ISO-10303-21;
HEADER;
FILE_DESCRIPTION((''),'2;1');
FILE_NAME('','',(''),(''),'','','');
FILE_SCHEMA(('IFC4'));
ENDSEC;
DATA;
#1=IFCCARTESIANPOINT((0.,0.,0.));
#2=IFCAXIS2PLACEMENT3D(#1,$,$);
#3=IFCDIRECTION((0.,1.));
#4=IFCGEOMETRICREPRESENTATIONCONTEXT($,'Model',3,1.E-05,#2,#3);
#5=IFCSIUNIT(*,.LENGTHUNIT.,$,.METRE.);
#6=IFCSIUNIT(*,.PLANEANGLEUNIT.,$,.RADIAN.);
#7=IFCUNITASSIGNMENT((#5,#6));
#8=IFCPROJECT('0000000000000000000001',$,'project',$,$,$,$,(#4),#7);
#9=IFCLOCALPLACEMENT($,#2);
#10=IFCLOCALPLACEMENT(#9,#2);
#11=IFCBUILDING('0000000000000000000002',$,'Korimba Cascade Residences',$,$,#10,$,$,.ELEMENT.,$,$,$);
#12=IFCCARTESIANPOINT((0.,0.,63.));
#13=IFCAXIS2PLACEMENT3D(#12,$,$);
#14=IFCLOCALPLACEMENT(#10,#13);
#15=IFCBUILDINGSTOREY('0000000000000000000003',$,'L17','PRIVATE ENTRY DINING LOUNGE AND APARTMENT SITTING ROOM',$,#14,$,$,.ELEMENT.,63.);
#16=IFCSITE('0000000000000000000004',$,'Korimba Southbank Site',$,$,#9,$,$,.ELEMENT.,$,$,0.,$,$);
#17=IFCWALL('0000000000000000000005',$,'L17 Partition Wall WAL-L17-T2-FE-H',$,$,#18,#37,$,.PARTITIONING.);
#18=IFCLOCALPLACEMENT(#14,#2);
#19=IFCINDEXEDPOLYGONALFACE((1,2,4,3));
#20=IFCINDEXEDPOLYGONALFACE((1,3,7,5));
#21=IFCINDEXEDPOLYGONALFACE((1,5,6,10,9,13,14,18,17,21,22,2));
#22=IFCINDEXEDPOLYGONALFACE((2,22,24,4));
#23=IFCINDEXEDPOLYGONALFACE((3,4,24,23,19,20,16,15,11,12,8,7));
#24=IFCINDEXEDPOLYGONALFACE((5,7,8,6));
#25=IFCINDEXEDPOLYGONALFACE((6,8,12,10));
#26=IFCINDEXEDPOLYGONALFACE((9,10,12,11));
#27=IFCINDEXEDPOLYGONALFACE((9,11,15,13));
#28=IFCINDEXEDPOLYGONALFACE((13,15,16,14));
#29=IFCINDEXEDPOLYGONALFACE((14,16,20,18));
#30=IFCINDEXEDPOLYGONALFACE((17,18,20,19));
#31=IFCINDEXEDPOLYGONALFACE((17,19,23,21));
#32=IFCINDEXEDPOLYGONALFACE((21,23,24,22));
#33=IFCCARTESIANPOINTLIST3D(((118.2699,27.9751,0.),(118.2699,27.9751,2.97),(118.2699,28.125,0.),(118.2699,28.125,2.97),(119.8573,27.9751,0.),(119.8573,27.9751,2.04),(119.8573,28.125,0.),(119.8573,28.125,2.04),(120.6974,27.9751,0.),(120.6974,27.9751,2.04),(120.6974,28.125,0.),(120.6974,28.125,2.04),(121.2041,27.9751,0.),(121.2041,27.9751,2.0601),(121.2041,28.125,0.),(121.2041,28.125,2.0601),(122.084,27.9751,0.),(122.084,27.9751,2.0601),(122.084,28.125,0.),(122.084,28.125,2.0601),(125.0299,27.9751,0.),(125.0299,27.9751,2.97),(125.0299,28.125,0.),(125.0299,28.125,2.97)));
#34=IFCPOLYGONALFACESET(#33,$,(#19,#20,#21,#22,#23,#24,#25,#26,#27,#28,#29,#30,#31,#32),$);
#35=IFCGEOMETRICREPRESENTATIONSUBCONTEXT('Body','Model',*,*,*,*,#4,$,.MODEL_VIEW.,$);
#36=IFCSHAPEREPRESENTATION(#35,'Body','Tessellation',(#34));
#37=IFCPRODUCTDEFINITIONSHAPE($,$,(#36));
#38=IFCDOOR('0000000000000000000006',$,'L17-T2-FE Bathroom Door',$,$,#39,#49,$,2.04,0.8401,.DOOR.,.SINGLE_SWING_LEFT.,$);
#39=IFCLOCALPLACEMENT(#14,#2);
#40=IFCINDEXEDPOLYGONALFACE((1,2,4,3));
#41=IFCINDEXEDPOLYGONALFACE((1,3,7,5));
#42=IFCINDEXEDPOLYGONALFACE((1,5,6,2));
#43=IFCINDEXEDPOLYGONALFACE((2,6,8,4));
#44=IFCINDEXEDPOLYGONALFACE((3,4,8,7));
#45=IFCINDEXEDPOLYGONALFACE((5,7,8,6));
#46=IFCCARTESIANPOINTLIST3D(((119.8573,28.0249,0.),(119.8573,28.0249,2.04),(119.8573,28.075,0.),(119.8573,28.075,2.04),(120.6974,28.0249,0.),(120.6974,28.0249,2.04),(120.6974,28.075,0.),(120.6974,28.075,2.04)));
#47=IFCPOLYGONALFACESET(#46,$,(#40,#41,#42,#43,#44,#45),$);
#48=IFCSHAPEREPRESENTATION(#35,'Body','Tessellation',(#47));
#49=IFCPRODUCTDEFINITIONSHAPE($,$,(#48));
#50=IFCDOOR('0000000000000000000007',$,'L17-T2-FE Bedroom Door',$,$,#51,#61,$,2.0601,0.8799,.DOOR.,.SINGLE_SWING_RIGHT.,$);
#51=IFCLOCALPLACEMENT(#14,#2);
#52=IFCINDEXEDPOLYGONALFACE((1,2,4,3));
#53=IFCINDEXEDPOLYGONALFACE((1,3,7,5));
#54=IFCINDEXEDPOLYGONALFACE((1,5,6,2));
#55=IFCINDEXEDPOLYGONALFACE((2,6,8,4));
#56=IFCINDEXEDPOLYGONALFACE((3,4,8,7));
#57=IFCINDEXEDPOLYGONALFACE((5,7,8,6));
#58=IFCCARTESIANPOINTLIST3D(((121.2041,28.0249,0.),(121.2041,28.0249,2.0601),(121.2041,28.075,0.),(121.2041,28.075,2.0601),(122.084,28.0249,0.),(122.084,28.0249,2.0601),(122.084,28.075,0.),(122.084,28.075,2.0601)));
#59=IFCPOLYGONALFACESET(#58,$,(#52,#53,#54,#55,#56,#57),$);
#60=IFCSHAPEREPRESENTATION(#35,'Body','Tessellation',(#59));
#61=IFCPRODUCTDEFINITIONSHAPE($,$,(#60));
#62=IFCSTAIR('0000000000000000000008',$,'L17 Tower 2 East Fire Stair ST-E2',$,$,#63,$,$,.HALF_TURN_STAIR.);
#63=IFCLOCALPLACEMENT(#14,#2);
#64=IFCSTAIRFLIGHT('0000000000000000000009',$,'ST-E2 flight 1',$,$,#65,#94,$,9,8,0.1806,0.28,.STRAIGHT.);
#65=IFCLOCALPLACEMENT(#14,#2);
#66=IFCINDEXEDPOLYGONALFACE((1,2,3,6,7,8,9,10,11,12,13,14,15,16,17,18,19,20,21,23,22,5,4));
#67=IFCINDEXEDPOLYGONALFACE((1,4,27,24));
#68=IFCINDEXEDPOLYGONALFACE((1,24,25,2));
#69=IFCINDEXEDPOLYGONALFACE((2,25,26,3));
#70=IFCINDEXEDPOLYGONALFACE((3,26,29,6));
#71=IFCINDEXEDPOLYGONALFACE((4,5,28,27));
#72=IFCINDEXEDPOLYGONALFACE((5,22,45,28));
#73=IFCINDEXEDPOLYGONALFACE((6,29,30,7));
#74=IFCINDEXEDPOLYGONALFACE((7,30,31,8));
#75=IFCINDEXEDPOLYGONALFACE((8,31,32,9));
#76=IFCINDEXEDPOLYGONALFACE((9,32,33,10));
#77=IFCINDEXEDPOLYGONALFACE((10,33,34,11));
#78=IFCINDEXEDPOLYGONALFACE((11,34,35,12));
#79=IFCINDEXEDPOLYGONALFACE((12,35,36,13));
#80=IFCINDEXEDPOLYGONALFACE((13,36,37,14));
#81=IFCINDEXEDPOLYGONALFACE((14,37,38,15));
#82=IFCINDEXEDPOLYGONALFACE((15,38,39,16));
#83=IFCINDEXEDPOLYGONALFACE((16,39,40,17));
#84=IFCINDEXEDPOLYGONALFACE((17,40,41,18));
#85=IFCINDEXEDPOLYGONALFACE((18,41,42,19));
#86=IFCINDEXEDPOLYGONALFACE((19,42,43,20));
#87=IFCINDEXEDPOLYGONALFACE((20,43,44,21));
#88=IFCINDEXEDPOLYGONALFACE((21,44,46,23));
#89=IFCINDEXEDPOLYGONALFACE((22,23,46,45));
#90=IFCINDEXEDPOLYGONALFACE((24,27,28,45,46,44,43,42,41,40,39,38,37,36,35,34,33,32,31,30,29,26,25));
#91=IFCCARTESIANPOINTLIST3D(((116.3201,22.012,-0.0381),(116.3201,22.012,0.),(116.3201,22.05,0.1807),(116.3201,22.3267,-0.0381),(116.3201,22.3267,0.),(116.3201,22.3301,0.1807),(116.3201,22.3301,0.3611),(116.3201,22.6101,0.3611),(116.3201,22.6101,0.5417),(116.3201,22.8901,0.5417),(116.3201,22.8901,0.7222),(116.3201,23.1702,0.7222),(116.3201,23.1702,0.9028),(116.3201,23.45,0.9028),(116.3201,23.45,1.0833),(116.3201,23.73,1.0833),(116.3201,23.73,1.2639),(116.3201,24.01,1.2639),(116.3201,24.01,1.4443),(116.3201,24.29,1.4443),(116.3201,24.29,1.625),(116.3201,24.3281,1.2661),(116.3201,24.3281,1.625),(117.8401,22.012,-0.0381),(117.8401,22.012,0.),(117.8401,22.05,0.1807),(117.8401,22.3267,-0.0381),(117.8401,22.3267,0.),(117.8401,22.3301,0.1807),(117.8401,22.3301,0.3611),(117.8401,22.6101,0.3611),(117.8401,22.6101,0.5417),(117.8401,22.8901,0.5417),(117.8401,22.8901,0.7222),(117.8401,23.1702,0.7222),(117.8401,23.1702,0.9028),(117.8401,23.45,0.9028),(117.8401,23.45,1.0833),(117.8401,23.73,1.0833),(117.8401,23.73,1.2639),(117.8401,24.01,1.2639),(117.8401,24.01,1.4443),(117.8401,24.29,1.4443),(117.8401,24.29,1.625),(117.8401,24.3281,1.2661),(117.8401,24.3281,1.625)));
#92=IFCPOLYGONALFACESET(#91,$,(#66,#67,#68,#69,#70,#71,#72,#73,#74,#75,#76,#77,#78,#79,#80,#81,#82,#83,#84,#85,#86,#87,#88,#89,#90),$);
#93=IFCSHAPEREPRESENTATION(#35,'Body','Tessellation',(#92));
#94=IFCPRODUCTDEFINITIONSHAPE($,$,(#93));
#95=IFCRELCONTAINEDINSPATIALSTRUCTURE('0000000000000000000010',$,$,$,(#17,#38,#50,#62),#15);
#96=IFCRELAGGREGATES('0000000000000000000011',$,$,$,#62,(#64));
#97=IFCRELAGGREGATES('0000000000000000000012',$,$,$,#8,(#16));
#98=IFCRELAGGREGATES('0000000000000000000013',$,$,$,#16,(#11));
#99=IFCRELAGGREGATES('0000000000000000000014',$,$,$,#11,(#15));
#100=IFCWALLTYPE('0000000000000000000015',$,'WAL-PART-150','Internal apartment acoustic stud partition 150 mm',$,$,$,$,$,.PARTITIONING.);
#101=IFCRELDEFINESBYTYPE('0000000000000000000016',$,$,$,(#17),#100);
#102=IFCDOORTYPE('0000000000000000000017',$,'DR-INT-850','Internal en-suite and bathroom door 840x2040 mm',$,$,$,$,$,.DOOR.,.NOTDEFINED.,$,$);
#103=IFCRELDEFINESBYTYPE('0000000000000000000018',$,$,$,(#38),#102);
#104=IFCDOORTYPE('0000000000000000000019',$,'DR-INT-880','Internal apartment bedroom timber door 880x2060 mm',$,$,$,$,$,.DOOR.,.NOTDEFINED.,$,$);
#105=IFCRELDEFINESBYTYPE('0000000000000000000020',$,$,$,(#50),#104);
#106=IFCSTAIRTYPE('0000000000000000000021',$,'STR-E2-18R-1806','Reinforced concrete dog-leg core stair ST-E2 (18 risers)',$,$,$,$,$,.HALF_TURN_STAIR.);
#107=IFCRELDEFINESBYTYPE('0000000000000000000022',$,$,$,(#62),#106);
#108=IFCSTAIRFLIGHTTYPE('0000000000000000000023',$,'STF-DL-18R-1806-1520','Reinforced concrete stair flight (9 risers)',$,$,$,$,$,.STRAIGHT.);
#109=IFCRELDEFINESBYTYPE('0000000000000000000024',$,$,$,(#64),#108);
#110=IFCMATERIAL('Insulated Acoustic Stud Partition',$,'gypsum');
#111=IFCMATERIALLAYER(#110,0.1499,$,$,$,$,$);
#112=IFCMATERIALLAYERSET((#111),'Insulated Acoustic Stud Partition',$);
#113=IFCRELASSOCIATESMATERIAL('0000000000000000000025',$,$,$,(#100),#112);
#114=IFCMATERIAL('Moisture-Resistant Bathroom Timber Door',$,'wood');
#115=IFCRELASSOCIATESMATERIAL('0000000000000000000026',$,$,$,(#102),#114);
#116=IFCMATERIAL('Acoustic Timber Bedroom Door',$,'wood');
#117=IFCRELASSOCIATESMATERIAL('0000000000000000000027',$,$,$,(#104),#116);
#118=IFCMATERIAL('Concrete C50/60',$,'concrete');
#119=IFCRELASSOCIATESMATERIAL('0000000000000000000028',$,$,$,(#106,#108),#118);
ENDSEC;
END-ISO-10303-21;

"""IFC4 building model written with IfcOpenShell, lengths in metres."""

from ifc_helpers import new_model, si_unit, direction, frame, frame_2d, origin, place, context, subcontext, project, spatial, polyline, rectangle, outline, extrude, material, layer, layer_set, type_object, element, fill, aggregate, save


model = new_model("IFC4")

# Units and contexts
model_context = context("Model", 3, precision=1e-05, world=origin(), true_north=direction((0.0, 1.0)))
body_context = subcontext(model_context, "Body", "Model", "MODEL_VIEW")
ifc_project = project(units=[si_unit("LENGTHUNIT", "METRE"), si_unit("PLANEANGLEUNIT", "RADIAN")], contexts=[model_context])

# Site, building, storey
site_placement = place(None, origin())
site = spatial("IfcSite", under=ifc_project, at=site_placement, Name="Korimba Southbank Site", CompositionType="ELEMENT", RefElevation=0.0)
building_placement = place(site_placement, origin())
building = spatial("IfcBuilding", under=site, at=building_placement, Name="Korimba Cascade Residences", CompositionType="ELEMENT")
storey_placement = place(building_placement, frame((0.0, 0.0, 63.0)))
storey = spatial("IfcBuildingStorey", under=building, at=storey_placement, Name="L17", Description="PRIVATE ENTRY DINING LOUNGE AND APARTMENT SITTING ROOM", CompositionType="ELEMENT", Elevation=63.0)

# Shared definitions
ifc_material_1 = material(Name="Concrete C50/60", Category="concrete")

# Shared definitions
ifc_material_2 = material(Name="Insulated Acoustic Stud Partition", Category="gypsum")
ifc_layer_1 = layer(ifc_material_2, 0.1499)
ifc_layer_set_1 = layer_set([ifc_layer_1], Name="Insulated Acoustic Stud Partition")
wall_type_1 = type_object("IfcWallType", Name="WAL-PART-150", Description="Internal apartment acoustic stud partition 150 mm", PredefinedType="PARTITIONING", material=ifc_layer_set_1)
ifc_material_3 = material(Name="Moisture-Resistant Bathroom Timber Door", Category="wood")
door_type_1 = type_object("IfcDoorType", Name="DR-INT-850", Description="Internal en-suite and bathroom door 840x2040 mm", OperationType="NOTDEFINED", PredefinedType="DOOR", material=ifc_material_3)

# Wall, openings, doors
wall_1_placement = place(storey_placement, frame((118.27, 28.05, 0.0), z_axis=(0.0, 0.0, 1.0), x_axis=(1.0, 0.0, 0.0)))
wall_1 = element("IfcWall", 1, at=wall_1_placement, inside=storey, type_object=wall_type_1, Name="L17 Partition Wall WAL-L17-T2-FE-H", PredefinedType="PARTITIONING", context=body_context, shape_type="SweptSolid", body=[
    extrude(rectangle(XDim=6.76, YDim=0.1499, at=frame_2d((3.3799, 0.0))), origin(), (0.0, 0.0, 1.0), 2.97),
])
opening_1_placement = place(wall_1_placement, frame((1.5874, 0.0, 0.0)))
opening_1 = element("IfcOpeningElement", 2, at=opening_1_placement, cuts=wall_1, PredefinedType="OPENING", context=body_context, shape_type="SweptSolid", body=[
    extrude(rectangle(XDim=0.8401, YDim=2.04, at=frame_2d((0.4199, 1.02))), frame((0.0, 0.085, 0.0), z_axis=(0.0, -1.0, 0.0), x_axis=(1.0, 0.0, 0.0)), (0.0, 0.0, 1.0), 0.1699),
])
opening_2_placement = place(wall_1_placement, frame((2.9341, 0.0, 0.0)))
opening_2 = element("IfcOpeningElement", 3, at=opening_2_placement, cuts=wall_1, PredefinedType="OPENING", context=body_context, shape_type="SweptSolid", body=[
    extrude(rectangle(XDim=0.8799, YDim=2.0601, at=frame_2d((0.4399, 1.03))), frame((0.0, 0.085, 0.0), z_axis=(0.0, -1.0, 0.0), x_axis=(1.0, 0.0, 0.0)), (0.0, 0.0, 1.0), 0.1699),
])
door_1_placement = place(opening_1_placement, origin())
door_1 = element("IfcDoor", 4, at=door_1_placement, inside=storey, type_object=door_type_1, Name="L17-T2-FE Bathroom Door", OperationType="SINGLE_SWING_LEFT", OverallHeight=2.04, OverallWidth=0.8401, PredefinedType="DOOR", context=body_context, shape_type="SweptSolid", body=[
    extrude(rectangle(XDim=0.8401, YDim=2.04, at=frame_2d((0.4199, 1.02))), frame((0.0, 0.0249, 0.0), z_axis=(0.0, -1.0, 0.0), x_axis=(1.0, 0.0, 0.0)), (0.0, 0.0, 1.0), 0.05),
])
fill(opening_1, door_1)
ifc_material_4 = material(Name="Acoustic Timber Bedroom Door", Category="wood")
door_type_2 = type_object("IfcDoorType", Name="DR-INT-880", Description="Internal apartment bedroom timber door 880x2060 mm", OperationType="NOTDEFINED", PredefinedType="DOOR", material=ifc_material_4)
door_2_placement = place(opening_2_placement, origin())
door_2 = element("IfcDoor", 5, at=door_2_placement, inside=storey, type_object=door_type_2, Name="L17-T2-FE Bedroom Door", OperationType="SINGLE_SWING_RIGHT", OverallHeight=2.0601, OverallWidth=0.8799, PredefinedType="DOOR", context=body_context, shape_type="SweptSolid", body=[
    extrude(rectangle(XDim=0.8799, YDim=2.0601, at=frame_2d((0.4399, 1.03))), frame((0.0, 0.0249, 0.0), z_axis=(0.0, -1.0, 0.0), x_axis=(1.0, 0.0, 0.0)), (0.0, 0.0, 1.0), 0.05),
])
fill(opening_2, door_2)

# Stair, stair flight
stair_type = type_object("IfcStairType", Name="STR-E2-18R-1806", Description="Reinforced concrete dog-leg core stair ST-E2 (18 risers)", PredefinedType="HALF_TURN_STAIR", material=ifc_material_1)
stair_placement = place(storey_placement, origin())
stair = element("IfcStair", 6, at=stair_placement, inside=storey, type_object=stair_type, Name="L17 Tower 2 East Fire Stair ST-E2", PredefinedType="HALF_TURN_STAIR")
stair_flight_type = type_object("IfcStairFlightType", Name="STF-DL-18R-1806-1520", Description="Reinforced concrete stair flight (9 risers)", PredefinedType="STRAIGHT", material=ifc_material_1)
stair_flight_placement = place(storey_placement, frame((117.0801, 22.05, 0.0), z_axis=(0.0, 0.0, 1.0), x_axis=(0.0, 1.0, 0.0)))
stair_flight = element("IfcStairFlight", 7, at=stair_flight_placement, type_object=stair_flight_type, Name="ST-E2 flight 1", NumberOfRisers=9, NumberOfTreads=8, PredefinedType="STRAIGHT", RiserHeight=0.1806, TreadLength=0.28, context=body_context, shape_type="SweptSolid", body=[
    extrude(outline(polyline([(-0.0381, 0.0), (0.0, 0.1807), (0.28, 0.1807), (0.28, 0.3611), (0.5601, 0.3611), (0.5601, 0.5417), (0.8401, 0.5417), (0.8401, 0.7222), (1.1201, 0.7222), (1.1201, 0.9028), (1.3999, 0.9028), (1.3999, 1.0833), (1.6799, 1.0833), (1.6799, 1.2639), (1.96, 1.2639), (1.96, 1.4443), (2.24, 1.4443), (2.24, 1.625), (2.2781, 1.625), (2.2781, 1.2661), (0.2766, 0.0), (0.2766, -0.0381), (-0.0381, -0.0381), (-0.0381, 0.0)])), frame((0.0, 0.76, 0.0), z_axis=(0.0, -1.0, 0.0), x_axis=(1.0, 0.0, 0.0)), (0.0, 0.0, 1.0), 1.52),
])
aggregate(stair, [stair_flight])

save(model, "model.ifc")
